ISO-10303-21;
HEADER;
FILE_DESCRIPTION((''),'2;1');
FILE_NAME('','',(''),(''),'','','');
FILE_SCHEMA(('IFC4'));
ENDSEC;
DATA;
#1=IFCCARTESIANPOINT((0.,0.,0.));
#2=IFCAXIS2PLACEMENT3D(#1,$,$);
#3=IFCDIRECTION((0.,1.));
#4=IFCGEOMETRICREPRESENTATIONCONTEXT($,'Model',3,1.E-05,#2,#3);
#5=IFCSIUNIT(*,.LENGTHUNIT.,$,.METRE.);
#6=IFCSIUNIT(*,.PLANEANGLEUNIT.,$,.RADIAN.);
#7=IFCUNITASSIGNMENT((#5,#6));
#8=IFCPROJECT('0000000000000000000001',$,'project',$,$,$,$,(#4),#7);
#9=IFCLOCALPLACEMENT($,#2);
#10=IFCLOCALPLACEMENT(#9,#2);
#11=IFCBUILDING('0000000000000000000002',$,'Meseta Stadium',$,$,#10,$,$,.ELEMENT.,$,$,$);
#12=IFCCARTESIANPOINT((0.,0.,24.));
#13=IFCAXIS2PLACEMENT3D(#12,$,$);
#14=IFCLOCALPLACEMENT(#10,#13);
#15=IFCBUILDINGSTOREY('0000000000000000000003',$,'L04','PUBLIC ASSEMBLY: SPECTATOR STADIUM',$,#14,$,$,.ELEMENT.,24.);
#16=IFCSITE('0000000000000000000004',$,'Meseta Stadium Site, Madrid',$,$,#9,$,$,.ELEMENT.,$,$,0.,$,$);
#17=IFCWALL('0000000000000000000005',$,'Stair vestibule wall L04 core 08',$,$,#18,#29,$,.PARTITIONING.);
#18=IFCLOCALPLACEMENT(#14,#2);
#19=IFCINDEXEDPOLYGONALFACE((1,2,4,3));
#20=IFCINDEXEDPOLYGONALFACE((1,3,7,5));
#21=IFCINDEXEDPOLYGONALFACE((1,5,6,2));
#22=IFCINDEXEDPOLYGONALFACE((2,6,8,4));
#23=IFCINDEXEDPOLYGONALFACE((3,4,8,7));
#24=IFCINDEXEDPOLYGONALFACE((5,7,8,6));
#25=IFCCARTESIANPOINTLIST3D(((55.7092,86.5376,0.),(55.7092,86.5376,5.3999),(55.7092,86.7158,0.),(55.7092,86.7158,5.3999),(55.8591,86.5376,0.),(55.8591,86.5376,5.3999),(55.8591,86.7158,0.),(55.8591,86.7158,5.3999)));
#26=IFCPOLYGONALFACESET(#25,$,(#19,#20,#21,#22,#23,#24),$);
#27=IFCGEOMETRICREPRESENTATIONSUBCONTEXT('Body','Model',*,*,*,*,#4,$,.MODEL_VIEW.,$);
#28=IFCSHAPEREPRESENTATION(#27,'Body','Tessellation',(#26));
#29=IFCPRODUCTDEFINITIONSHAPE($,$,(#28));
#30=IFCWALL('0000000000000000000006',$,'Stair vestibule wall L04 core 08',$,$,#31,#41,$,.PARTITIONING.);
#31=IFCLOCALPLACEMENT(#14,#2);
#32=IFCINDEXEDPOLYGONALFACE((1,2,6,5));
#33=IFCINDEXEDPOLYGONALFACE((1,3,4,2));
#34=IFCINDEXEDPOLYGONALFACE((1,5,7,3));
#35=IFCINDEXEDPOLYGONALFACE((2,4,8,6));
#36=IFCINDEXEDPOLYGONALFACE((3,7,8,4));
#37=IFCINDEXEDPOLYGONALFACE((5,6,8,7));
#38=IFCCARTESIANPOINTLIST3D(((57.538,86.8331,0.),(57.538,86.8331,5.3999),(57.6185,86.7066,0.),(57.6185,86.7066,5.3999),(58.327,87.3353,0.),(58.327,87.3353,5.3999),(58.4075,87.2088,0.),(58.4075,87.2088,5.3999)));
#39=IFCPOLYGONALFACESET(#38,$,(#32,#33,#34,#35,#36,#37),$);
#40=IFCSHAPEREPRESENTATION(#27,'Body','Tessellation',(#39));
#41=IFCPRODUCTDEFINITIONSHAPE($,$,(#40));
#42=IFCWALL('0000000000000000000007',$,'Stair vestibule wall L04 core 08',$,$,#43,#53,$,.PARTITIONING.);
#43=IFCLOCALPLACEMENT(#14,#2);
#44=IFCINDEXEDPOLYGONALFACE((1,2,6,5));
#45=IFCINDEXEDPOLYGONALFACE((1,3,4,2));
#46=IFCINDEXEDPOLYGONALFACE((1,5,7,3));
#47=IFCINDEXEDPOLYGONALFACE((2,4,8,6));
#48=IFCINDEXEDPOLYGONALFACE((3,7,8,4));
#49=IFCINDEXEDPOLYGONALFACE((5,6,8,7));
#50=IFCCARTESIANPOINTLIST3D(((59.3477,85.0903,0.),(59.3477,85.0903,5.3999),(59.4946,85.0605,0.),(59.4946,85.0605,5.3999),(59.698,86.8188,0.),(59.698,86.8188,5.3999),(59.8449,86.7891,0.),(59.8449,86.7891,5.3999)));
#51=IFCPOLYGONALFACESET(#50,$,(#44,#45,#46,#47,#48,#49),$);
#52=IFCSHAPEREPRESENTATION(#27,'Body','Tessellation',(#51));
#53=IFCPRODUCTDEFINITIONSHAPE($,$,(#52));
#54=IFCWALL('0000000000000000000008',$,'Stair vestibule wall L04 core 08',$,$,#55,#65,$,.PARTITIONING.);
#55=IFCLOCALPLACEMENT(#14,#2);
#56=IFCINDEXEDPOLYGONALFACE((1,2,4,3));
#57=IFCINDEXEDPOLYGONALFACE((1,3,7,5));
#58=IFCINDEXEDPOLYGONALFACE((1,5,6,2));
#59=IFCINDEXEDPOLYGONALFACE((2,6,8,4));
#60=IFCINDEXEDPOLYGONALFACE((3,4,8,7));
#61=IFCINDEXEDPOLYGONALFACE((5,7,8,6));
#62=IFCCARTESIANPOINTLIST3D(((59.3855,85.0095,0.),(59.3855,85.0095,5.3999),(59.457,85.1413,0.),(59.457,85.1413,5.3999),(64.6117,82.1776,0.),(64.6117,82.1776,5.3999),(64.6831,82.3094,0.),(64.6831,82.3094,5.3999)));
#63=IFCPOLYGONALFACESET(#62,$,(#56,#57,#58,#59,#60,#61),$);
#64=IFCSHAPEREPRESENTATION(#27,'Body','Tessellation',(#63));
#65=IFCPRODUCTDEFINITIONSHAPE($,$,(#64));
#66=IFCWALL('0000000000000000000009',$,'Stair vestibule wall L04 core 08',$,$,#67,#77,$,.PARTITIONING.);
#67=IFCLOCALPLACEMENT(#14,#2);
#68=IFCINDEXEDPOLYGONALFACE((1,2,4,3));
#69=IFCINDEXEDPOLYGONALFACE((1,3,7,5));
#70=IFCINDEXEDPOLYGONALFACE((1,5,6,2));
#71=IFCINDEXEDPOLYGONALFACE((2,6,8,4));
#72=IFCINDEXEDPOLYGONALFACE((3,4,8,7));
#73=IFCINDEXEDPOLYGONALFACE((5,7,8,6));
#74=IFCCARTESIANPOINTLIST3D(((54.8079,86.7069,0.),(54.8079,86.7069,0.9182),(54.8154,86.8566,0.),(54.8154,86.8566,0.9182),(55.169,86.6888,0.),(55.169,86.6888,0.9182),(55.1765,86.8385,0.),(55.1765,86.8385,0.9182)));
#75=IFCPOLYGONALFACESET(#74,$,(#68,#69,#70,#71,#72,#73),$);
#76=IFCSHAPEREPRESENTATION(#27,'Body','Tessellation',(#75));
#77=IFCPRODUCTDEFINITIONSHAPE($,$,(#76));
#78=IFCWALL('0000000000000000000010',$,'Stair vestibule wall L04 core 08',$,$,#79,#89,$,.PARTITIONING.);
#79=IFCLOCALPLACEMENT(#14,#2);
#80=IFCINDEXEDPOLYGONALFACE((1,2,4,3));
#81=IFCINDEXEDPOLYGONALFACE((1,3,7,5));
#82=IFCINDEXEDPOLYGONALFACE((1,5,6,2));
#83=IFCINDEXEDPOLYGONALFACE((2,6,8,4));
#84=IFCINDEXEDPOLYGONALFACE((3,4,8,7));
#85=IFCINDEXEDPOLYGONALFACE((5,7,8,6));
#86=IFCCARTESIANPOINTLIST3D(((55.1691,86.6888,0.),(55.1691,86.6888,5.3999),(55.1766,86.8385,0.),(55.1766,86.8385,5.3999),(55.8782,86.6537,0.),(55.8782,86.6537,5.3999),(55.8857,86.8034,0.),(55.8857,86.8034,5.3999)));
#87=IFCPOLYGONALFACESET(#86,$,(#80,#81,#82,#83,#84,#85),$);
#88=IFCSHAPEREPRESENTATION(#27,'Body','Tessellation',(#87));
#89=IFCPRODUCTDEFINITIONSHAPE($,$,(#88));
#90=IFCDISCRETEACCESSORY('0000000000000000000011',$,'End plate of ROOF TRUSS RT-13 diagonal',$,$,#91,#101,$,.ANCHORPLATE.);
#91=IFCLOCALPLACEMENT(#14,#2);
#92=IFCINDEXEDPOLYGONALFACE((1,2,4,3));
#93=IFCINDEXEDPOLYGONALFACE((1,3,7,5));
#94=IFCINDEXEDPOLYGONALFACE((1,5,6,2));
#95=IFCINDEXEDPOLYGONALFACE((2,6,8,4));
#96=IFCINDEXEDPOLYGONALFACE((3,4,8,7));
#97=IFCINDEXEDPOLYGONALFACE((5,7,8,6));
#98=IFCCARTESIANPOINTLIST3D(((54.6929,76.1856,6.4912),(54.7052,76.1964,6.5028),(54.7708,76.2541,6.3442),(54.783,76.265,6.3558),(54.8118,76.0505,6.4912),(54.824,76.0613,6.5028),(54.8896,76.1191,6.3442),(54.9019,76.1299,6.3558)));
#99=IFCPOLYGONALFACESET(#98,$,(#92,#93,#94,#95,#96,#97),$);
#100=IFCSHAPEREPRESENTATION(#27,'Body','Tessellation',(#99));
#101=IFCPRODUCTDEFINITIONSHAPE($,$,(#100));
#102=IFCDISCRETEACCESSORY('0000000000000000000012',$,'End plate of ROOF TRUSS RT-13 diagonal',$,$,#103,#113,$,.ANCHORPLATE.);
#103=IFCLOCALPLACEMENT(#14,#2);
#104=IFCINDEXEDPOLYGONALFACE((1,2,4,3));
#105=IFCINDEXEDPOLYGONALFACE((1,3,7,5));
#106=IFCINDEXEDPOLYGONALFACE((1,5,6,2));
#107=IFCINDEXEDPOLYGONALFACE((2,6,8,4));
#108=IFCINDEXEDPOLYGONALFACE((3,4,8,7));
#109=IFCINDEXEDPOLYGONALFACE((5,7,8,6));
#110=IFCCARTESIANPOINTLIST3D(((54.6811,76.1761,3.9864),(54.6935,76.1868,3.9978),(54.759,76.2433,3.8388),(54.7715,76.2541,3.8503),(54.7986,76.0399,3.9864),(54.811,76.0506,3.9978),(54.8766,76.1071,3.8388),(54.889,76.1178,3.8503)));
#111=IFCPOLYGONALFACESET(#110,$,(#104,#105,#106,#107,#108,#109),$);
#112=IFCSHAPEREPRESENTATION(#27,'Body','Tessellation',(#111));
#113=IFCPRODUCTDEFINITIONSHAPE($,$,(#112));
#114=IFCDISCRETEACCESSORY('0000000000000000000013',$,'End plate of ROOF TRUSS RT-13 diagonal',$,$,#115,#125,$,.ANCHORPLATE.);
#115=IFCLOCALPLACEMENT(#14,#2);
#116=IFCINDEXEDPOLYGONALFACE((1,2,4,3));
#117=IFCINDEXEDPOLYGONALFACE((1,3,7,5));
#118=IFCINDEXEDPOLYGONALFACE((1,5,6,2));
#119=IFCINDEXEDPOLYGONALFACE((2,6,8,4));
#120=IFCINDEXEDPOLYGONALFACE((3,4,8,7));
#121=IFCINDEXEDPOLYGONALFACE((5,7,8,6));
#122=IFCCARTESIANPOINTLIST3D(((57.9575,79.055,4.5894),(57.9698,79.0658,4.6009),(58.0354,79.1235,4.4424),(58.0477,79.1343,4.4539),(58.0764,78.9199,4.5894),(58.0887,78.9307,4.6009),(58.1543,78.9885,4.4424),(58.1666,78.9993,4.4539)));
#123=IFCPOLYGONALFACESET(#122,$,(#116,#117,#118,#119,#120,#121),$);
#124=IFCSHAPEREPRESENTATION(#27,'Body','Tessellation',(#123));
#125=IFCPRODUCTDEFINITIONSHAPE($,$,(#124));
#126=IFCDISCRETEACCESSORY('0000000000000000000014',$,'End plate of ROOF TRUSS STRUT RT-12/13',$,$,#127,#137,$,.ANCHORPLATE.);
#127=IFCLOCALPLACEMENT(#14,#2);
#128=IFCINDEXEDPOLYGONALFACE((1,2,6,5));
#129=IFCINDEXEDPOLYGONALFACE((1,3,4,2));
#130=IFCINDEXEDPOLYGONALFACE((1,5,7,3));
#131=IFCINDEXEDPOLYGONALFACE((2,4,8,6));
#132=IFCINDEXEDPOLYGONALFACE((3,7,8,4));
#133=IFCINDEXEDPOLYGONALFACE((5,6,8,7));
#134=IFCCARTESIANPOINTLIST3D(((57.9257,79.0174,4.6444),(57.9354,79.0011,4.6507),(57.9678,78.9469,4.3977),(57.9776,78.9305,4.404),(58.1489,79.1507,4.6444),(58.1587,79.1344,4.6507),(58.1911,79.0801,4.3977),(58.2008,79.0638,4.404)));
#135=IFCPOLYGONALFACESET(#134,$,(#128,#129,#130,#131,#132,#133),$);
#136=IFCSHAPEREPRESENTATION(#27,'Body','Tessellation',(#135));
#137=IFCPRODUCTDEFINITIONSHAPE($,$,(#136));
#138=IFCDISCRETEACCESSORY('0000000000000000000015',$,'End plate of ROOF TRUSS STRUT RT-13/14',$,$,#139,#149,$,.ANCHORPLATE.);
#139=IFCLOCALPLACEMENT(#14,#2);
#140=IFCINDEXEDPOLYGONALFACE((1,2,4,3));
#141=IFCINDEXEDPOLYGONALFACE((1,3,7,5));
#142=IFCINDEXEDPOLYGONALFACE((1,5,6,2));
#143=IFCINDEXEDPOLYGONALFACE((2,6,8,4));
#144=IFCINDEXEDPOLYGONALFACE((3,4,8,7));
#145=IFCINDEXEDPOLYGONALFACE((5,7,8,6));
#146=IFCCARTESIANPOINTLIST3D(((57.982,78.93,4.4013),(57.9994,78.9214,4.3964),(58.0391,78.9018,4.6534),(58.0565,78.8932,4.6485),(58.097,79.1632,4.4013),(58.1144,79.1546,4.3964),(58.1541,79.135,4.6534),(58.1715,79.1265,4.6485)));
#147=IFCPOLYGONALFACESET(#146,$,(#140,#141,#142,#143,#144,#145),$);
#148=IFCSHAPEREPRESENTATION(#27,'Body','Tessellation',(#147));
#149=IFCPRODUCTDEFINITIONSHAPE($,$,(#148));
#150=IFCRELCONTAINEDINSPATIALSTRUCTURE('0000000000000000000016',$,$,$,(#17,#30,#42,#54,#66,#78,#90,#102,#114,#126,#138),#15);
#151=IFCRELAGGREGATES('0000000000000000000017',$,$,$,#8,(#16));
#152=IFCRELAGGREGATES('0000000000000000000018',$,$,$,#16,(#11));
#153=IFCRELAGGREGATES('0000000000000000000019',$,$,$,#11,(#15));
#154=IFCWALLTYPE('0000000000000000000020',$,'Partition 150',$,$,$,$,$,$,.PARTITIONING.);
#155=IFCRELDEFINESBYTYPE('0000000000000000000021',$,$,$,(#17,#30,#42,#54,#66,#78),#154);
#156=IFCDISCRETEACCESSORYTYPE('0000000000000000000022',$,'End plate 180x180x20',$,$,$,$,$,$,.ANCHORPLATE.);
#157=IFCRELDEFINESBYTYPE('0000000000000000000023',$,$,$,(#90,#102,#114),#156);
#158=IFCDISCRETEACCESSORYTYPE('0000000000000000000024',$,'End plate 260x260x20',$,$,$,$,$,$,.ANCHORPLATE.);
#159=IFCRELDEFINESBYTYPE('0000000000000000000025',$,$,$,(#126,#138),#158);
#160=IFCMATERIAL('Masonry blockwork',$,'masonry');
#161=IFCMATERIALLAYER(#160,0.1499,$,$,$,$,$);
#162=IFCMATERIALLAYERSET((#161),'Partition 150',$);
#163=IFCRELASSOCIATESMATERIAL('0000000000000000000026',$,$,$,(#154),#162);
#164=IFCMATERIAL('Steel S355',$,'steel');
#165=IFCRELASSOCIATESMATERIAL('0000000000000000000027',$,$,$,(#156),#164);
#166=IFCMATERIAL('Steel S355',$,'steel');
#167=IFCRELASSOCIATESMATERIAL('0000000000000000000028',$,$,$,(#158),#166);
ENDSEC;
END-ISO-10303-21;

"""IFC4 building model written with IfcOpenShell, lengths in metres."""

from ifc_helpers import new_model, si_unit, direction, frame, frame_2d, origin, origin_2d, place, context, subcontext, project, spatial, rectangle, extrude, material, layer, layer_set, material_profile, profile_set, type_object, element, save


model = new_model("IFC4")

# Units and contexts
model_context = context("Model", 3, precision=1e-05, world=origin(), true_north=direction((0.0, 1.0)))
body_context = subcontext(model_context, "Body", "Model", "MODEL_VIEW")
ifc_project = project(units=[si_unit("LENGTHUNIT", "METRE"), si_unit("PLANEANGLEUNIT", "RADIAN")], contexts=[model_context])

# Site, building, storey
site_placement = place(None, origin())
site = spatial("IfcSite", under=ifc_project, at=site_placement, Name="Meseta Stadium Site, Madrid", CompositionType="ELEMENT", RefElevation=0.0)
building_placement = place(site_placement, origin())
building = spatial("IfcBuilding", under=site, at=building_placement, Name="Meseta Stadium", CompositionType="ELEMENT")
storey_placement = place(building_placement, frame((0.0, 0.0, 24.0)))
storey = spatial("IfcBuildingStorey", under=building, at=storey_placement, Name="L04", Description="PUBLIC ASSEMBLY: SPECTATOR STADIUM", CompositionType="ELEMENT", Elevation=24.0)

# Walls
ifc_material_1 = material(Name="Masonry blockwork", Category="masonry")
ifc_layer = layer(ifc_material_1, 0.1499)
ifc_layer_set = layer_set([ifc_layer], Name="Partition 150")
wall_type = type_object("IfcWallType", Name="Partition 150", PredefinedType="PARTITIONING", material=ifc_layer_set)
wall_1_placement = place(storey_placement, frame((55.7842, 86.7158, 0.0), z_axis=(0.0, 0.0, 1.0), x_axis=(0.0, -1.0, 0.0)))
element("IfcWall", 1, at=wall_1_placement, inside=storey, type_object=wall_type, Name="Stair vestibule wall L04 core 08", PredefinedType="PARTITIONING", context=body_context, shape_type="SweptSolid", body=[
    extrude(rectangle(XDim=0.1782, YDim=0.1499, at=frame_2d((0.0891, 0.0))), origin(), (0.0, 0.0, 1.0), 5.3999),
])
wall_2_placement = place(storey_placement, frame((57.5781, 86.7698, 0.0), z_axis=(0.0, 0.0, 1.0), x_axis=(0.843629, 0.536926, 0.0)))
element("IfcWall", 2, at=wall_2_placement, inside=storey, type_object=wall_type, Name="Stair vestibule wall L04 core 08", PredefinedType="PARTITIONING", context=body_context, shape_type="SweptSolid", body=[
    extrude(rectangle(XDim=0.9353, YDim=0.1499, at=frame_2d((0.4678, 0.0))), origin(), (0.0, 0.0, 1.0), 5.3999),
])
wall_3_placement = place(storey_placement, frame((59.7715, 86.804, 0.0), z_axis=(0.0, 0.0, 1.0), x_axis=(-0.198644, -0.980072, 0.0)))
element("IfcWall", 3, at=wall_3_placement, inside=storey, type_object=wall_type, Name="Stair vestibule wall L04 core 08", PredefinedType="PARTITIONING", context=body_context, shape_type="SweptSolid", body=[
    extrude(rectangle(XDim=1.7637, YDim=0.1499, at=frame_2d((0.8818, 0.0))), origin(), (0.0, 0.0, 1.0), 5.3999),
])
wall_4_placement = place(storey_placement, frame((59.4211, 85.0754, 0.0), z_axis=(0.0, 0.0, 1.0), x_axis=(0.879222, -0.476413, 0.0)))
element("IfcWall", 4, at=wall_4_placement, inside=storey, type_object=wall_type, Name="Stair vestibule wall L04 core 08", PredefinedType="PARTITIONING", context=body_context, shape_type="SweptSolid", body=[
    extrude(rectangle(XDim=5.9441, YDim=0.1499, at=frame_2d((2.9722, 0.0))), origin(), (0.0, 0.0, 1.0), 5.3999),
])
wall_5_placement = place(storey_placement, frame((54.8118, 86.7817, 0.0), z_axis=(0.0, 0.0, 1.0), x_axis=(0.998751, -0.049971, 0.0)))
element("IfcWall", 5, at=wall_5_placement, inside=storey, type_object=wall_type, Name="Stair vestibule wall L04 core 08", PredefinedType="PARTITIONING", context=body_context, shape_type="SweptSolid", body=[
    extrude(rectangle(XDim=0.3616, YDim=0.1499, at=frame_2d((0.1807, 0.0))), origin(), (0.0, 0.0, 1.0), 0.9182),
])
wall_6_placement = place(storey_placement, frame((55.1729, 86.7637, 0.0), z_axis=(0.0, 0.0, 1.0), x_axis=(0.998773, -0.049526, 0.0)))
element("IfcWall", 6, at=wall_6_placement, inside=storey, type_object=wall_type, Name="Stair vestibule wall L04 core 08", PredefinedType="PARTITIONING", context=body_context, shape_type="SweptSolid", body=[
    extrude(rectangle(XDim=0.71, YDim=0.1499, at=frame_2d((0.355, 0.0))), origin(), (0.0, 0.0, 1.0), 5.3999),
])

# Discrete accessories
ifc_material_2 = material(Name="Steel S355", Category="steel")
ifc_material_profile_1 = material_profile(ifc_material_2, rectangle(XDim=0.1799, YDim=0.1799, at=origin_2d()), Name="PL 180x180")
ifc_profile_set_1 = profile_set([ifc_material_profile_1], Name="Steel S355")
discrete_accessory_type_1 = type_object("IfcDiscreteAccessoryType", Name="End plate 180x180x20", PredefinedType="ANCHORPLATE", material=ifc_profile_set_1)
for number, where, z_axis, x_axis, name in (
    (7, (54.7913, 76.1523, 6.4177), (0.61337, 0.539766, 0.576568), (-0.660628, 0.750714, 0.0), "End plate of ROOF TRUSS RT-13 diagonal"),
    (8, (54.7788, 76.1416, 3.9126), (0.620936, 0.53571, 0.572235), (-0.653233, 0.757157, 0.0), "End plate of ROOF TRUSS RT-13 diagonal"),
    (9, (58.0559, 79.0217, 4.5159), (0.61337, 0.539766, 0.576568), (-0.660628, 0.750714, 0.0), "End plate of ROOF TRUSS RT-13 diagonal"),
):
    element("IfcDiscreteAccessory", number, at=place(storey_placement, frame(where, z_axis=z_axis, x_axis=x_axis)), inside=storey, type_object=discrete_accessory_type_1, Name=name, PredefinedType="ANCHORPLATE", context=body_context, shape_type="SweptSolid", body=[
        extrude(rectangle(XDim=0.1799, YDim=0.1799, at=origin_2d()), origin(), (0.0, 0.0, 1.0), 0.02),
    ])
ifc_material_3 = material(Name="Steel S355", Category="steel")
ifc_material_profile_2 = material_profile(ifc_material_3, rectangle(XDim=0.26, YDim=0.26, at=origin_2d()), Name="PL 260x260")
ifc_profile_set_2 = profile_set([ifc_material_profile_2], Name="Steel S355")
discrete_accessory_type_2 = type_object("IfcDiscreteAccessoryType", Name="End plate 260x260x20", PredefinedType="ANCHORPLATE", material=ifc_profile_set_2)
for number, where, z_axis, x_axis, name in (
    (10, (58.0681, 79.0325, 4.5273), (-0.486324, 0.814593, -0.316111), (-0.858622, -0.51261, 0.0), "End plate of ROOF TRUSS STRUT RT-12/13"),
    (11, (58.0854, 79.0239, 4.5225), (-0.869612, 0.428682, 0.244961), (-0.442153, -0.89694, 0.0), "End plate of ROOF TRUSS STRUT RT-13/14"),
):
    element("IfcDiscreteAccessory", number, at=place(storey_placement, frame(where, z_axis=z_axis, x_axis=x_axis)), inside=storey, type_object=discrete_accessory_type_2, Name=name, PredefinedType="ANCHORPLATE", context=body_context, shape_type="SweptSolid", body=[
        extrude(rectangle(XDim=0.26, YDim=0.26, at=origin_2d()), origin(), (0.0, 0.0, 1.0), 0.02),
    ])

save(model, "model.ifc")
